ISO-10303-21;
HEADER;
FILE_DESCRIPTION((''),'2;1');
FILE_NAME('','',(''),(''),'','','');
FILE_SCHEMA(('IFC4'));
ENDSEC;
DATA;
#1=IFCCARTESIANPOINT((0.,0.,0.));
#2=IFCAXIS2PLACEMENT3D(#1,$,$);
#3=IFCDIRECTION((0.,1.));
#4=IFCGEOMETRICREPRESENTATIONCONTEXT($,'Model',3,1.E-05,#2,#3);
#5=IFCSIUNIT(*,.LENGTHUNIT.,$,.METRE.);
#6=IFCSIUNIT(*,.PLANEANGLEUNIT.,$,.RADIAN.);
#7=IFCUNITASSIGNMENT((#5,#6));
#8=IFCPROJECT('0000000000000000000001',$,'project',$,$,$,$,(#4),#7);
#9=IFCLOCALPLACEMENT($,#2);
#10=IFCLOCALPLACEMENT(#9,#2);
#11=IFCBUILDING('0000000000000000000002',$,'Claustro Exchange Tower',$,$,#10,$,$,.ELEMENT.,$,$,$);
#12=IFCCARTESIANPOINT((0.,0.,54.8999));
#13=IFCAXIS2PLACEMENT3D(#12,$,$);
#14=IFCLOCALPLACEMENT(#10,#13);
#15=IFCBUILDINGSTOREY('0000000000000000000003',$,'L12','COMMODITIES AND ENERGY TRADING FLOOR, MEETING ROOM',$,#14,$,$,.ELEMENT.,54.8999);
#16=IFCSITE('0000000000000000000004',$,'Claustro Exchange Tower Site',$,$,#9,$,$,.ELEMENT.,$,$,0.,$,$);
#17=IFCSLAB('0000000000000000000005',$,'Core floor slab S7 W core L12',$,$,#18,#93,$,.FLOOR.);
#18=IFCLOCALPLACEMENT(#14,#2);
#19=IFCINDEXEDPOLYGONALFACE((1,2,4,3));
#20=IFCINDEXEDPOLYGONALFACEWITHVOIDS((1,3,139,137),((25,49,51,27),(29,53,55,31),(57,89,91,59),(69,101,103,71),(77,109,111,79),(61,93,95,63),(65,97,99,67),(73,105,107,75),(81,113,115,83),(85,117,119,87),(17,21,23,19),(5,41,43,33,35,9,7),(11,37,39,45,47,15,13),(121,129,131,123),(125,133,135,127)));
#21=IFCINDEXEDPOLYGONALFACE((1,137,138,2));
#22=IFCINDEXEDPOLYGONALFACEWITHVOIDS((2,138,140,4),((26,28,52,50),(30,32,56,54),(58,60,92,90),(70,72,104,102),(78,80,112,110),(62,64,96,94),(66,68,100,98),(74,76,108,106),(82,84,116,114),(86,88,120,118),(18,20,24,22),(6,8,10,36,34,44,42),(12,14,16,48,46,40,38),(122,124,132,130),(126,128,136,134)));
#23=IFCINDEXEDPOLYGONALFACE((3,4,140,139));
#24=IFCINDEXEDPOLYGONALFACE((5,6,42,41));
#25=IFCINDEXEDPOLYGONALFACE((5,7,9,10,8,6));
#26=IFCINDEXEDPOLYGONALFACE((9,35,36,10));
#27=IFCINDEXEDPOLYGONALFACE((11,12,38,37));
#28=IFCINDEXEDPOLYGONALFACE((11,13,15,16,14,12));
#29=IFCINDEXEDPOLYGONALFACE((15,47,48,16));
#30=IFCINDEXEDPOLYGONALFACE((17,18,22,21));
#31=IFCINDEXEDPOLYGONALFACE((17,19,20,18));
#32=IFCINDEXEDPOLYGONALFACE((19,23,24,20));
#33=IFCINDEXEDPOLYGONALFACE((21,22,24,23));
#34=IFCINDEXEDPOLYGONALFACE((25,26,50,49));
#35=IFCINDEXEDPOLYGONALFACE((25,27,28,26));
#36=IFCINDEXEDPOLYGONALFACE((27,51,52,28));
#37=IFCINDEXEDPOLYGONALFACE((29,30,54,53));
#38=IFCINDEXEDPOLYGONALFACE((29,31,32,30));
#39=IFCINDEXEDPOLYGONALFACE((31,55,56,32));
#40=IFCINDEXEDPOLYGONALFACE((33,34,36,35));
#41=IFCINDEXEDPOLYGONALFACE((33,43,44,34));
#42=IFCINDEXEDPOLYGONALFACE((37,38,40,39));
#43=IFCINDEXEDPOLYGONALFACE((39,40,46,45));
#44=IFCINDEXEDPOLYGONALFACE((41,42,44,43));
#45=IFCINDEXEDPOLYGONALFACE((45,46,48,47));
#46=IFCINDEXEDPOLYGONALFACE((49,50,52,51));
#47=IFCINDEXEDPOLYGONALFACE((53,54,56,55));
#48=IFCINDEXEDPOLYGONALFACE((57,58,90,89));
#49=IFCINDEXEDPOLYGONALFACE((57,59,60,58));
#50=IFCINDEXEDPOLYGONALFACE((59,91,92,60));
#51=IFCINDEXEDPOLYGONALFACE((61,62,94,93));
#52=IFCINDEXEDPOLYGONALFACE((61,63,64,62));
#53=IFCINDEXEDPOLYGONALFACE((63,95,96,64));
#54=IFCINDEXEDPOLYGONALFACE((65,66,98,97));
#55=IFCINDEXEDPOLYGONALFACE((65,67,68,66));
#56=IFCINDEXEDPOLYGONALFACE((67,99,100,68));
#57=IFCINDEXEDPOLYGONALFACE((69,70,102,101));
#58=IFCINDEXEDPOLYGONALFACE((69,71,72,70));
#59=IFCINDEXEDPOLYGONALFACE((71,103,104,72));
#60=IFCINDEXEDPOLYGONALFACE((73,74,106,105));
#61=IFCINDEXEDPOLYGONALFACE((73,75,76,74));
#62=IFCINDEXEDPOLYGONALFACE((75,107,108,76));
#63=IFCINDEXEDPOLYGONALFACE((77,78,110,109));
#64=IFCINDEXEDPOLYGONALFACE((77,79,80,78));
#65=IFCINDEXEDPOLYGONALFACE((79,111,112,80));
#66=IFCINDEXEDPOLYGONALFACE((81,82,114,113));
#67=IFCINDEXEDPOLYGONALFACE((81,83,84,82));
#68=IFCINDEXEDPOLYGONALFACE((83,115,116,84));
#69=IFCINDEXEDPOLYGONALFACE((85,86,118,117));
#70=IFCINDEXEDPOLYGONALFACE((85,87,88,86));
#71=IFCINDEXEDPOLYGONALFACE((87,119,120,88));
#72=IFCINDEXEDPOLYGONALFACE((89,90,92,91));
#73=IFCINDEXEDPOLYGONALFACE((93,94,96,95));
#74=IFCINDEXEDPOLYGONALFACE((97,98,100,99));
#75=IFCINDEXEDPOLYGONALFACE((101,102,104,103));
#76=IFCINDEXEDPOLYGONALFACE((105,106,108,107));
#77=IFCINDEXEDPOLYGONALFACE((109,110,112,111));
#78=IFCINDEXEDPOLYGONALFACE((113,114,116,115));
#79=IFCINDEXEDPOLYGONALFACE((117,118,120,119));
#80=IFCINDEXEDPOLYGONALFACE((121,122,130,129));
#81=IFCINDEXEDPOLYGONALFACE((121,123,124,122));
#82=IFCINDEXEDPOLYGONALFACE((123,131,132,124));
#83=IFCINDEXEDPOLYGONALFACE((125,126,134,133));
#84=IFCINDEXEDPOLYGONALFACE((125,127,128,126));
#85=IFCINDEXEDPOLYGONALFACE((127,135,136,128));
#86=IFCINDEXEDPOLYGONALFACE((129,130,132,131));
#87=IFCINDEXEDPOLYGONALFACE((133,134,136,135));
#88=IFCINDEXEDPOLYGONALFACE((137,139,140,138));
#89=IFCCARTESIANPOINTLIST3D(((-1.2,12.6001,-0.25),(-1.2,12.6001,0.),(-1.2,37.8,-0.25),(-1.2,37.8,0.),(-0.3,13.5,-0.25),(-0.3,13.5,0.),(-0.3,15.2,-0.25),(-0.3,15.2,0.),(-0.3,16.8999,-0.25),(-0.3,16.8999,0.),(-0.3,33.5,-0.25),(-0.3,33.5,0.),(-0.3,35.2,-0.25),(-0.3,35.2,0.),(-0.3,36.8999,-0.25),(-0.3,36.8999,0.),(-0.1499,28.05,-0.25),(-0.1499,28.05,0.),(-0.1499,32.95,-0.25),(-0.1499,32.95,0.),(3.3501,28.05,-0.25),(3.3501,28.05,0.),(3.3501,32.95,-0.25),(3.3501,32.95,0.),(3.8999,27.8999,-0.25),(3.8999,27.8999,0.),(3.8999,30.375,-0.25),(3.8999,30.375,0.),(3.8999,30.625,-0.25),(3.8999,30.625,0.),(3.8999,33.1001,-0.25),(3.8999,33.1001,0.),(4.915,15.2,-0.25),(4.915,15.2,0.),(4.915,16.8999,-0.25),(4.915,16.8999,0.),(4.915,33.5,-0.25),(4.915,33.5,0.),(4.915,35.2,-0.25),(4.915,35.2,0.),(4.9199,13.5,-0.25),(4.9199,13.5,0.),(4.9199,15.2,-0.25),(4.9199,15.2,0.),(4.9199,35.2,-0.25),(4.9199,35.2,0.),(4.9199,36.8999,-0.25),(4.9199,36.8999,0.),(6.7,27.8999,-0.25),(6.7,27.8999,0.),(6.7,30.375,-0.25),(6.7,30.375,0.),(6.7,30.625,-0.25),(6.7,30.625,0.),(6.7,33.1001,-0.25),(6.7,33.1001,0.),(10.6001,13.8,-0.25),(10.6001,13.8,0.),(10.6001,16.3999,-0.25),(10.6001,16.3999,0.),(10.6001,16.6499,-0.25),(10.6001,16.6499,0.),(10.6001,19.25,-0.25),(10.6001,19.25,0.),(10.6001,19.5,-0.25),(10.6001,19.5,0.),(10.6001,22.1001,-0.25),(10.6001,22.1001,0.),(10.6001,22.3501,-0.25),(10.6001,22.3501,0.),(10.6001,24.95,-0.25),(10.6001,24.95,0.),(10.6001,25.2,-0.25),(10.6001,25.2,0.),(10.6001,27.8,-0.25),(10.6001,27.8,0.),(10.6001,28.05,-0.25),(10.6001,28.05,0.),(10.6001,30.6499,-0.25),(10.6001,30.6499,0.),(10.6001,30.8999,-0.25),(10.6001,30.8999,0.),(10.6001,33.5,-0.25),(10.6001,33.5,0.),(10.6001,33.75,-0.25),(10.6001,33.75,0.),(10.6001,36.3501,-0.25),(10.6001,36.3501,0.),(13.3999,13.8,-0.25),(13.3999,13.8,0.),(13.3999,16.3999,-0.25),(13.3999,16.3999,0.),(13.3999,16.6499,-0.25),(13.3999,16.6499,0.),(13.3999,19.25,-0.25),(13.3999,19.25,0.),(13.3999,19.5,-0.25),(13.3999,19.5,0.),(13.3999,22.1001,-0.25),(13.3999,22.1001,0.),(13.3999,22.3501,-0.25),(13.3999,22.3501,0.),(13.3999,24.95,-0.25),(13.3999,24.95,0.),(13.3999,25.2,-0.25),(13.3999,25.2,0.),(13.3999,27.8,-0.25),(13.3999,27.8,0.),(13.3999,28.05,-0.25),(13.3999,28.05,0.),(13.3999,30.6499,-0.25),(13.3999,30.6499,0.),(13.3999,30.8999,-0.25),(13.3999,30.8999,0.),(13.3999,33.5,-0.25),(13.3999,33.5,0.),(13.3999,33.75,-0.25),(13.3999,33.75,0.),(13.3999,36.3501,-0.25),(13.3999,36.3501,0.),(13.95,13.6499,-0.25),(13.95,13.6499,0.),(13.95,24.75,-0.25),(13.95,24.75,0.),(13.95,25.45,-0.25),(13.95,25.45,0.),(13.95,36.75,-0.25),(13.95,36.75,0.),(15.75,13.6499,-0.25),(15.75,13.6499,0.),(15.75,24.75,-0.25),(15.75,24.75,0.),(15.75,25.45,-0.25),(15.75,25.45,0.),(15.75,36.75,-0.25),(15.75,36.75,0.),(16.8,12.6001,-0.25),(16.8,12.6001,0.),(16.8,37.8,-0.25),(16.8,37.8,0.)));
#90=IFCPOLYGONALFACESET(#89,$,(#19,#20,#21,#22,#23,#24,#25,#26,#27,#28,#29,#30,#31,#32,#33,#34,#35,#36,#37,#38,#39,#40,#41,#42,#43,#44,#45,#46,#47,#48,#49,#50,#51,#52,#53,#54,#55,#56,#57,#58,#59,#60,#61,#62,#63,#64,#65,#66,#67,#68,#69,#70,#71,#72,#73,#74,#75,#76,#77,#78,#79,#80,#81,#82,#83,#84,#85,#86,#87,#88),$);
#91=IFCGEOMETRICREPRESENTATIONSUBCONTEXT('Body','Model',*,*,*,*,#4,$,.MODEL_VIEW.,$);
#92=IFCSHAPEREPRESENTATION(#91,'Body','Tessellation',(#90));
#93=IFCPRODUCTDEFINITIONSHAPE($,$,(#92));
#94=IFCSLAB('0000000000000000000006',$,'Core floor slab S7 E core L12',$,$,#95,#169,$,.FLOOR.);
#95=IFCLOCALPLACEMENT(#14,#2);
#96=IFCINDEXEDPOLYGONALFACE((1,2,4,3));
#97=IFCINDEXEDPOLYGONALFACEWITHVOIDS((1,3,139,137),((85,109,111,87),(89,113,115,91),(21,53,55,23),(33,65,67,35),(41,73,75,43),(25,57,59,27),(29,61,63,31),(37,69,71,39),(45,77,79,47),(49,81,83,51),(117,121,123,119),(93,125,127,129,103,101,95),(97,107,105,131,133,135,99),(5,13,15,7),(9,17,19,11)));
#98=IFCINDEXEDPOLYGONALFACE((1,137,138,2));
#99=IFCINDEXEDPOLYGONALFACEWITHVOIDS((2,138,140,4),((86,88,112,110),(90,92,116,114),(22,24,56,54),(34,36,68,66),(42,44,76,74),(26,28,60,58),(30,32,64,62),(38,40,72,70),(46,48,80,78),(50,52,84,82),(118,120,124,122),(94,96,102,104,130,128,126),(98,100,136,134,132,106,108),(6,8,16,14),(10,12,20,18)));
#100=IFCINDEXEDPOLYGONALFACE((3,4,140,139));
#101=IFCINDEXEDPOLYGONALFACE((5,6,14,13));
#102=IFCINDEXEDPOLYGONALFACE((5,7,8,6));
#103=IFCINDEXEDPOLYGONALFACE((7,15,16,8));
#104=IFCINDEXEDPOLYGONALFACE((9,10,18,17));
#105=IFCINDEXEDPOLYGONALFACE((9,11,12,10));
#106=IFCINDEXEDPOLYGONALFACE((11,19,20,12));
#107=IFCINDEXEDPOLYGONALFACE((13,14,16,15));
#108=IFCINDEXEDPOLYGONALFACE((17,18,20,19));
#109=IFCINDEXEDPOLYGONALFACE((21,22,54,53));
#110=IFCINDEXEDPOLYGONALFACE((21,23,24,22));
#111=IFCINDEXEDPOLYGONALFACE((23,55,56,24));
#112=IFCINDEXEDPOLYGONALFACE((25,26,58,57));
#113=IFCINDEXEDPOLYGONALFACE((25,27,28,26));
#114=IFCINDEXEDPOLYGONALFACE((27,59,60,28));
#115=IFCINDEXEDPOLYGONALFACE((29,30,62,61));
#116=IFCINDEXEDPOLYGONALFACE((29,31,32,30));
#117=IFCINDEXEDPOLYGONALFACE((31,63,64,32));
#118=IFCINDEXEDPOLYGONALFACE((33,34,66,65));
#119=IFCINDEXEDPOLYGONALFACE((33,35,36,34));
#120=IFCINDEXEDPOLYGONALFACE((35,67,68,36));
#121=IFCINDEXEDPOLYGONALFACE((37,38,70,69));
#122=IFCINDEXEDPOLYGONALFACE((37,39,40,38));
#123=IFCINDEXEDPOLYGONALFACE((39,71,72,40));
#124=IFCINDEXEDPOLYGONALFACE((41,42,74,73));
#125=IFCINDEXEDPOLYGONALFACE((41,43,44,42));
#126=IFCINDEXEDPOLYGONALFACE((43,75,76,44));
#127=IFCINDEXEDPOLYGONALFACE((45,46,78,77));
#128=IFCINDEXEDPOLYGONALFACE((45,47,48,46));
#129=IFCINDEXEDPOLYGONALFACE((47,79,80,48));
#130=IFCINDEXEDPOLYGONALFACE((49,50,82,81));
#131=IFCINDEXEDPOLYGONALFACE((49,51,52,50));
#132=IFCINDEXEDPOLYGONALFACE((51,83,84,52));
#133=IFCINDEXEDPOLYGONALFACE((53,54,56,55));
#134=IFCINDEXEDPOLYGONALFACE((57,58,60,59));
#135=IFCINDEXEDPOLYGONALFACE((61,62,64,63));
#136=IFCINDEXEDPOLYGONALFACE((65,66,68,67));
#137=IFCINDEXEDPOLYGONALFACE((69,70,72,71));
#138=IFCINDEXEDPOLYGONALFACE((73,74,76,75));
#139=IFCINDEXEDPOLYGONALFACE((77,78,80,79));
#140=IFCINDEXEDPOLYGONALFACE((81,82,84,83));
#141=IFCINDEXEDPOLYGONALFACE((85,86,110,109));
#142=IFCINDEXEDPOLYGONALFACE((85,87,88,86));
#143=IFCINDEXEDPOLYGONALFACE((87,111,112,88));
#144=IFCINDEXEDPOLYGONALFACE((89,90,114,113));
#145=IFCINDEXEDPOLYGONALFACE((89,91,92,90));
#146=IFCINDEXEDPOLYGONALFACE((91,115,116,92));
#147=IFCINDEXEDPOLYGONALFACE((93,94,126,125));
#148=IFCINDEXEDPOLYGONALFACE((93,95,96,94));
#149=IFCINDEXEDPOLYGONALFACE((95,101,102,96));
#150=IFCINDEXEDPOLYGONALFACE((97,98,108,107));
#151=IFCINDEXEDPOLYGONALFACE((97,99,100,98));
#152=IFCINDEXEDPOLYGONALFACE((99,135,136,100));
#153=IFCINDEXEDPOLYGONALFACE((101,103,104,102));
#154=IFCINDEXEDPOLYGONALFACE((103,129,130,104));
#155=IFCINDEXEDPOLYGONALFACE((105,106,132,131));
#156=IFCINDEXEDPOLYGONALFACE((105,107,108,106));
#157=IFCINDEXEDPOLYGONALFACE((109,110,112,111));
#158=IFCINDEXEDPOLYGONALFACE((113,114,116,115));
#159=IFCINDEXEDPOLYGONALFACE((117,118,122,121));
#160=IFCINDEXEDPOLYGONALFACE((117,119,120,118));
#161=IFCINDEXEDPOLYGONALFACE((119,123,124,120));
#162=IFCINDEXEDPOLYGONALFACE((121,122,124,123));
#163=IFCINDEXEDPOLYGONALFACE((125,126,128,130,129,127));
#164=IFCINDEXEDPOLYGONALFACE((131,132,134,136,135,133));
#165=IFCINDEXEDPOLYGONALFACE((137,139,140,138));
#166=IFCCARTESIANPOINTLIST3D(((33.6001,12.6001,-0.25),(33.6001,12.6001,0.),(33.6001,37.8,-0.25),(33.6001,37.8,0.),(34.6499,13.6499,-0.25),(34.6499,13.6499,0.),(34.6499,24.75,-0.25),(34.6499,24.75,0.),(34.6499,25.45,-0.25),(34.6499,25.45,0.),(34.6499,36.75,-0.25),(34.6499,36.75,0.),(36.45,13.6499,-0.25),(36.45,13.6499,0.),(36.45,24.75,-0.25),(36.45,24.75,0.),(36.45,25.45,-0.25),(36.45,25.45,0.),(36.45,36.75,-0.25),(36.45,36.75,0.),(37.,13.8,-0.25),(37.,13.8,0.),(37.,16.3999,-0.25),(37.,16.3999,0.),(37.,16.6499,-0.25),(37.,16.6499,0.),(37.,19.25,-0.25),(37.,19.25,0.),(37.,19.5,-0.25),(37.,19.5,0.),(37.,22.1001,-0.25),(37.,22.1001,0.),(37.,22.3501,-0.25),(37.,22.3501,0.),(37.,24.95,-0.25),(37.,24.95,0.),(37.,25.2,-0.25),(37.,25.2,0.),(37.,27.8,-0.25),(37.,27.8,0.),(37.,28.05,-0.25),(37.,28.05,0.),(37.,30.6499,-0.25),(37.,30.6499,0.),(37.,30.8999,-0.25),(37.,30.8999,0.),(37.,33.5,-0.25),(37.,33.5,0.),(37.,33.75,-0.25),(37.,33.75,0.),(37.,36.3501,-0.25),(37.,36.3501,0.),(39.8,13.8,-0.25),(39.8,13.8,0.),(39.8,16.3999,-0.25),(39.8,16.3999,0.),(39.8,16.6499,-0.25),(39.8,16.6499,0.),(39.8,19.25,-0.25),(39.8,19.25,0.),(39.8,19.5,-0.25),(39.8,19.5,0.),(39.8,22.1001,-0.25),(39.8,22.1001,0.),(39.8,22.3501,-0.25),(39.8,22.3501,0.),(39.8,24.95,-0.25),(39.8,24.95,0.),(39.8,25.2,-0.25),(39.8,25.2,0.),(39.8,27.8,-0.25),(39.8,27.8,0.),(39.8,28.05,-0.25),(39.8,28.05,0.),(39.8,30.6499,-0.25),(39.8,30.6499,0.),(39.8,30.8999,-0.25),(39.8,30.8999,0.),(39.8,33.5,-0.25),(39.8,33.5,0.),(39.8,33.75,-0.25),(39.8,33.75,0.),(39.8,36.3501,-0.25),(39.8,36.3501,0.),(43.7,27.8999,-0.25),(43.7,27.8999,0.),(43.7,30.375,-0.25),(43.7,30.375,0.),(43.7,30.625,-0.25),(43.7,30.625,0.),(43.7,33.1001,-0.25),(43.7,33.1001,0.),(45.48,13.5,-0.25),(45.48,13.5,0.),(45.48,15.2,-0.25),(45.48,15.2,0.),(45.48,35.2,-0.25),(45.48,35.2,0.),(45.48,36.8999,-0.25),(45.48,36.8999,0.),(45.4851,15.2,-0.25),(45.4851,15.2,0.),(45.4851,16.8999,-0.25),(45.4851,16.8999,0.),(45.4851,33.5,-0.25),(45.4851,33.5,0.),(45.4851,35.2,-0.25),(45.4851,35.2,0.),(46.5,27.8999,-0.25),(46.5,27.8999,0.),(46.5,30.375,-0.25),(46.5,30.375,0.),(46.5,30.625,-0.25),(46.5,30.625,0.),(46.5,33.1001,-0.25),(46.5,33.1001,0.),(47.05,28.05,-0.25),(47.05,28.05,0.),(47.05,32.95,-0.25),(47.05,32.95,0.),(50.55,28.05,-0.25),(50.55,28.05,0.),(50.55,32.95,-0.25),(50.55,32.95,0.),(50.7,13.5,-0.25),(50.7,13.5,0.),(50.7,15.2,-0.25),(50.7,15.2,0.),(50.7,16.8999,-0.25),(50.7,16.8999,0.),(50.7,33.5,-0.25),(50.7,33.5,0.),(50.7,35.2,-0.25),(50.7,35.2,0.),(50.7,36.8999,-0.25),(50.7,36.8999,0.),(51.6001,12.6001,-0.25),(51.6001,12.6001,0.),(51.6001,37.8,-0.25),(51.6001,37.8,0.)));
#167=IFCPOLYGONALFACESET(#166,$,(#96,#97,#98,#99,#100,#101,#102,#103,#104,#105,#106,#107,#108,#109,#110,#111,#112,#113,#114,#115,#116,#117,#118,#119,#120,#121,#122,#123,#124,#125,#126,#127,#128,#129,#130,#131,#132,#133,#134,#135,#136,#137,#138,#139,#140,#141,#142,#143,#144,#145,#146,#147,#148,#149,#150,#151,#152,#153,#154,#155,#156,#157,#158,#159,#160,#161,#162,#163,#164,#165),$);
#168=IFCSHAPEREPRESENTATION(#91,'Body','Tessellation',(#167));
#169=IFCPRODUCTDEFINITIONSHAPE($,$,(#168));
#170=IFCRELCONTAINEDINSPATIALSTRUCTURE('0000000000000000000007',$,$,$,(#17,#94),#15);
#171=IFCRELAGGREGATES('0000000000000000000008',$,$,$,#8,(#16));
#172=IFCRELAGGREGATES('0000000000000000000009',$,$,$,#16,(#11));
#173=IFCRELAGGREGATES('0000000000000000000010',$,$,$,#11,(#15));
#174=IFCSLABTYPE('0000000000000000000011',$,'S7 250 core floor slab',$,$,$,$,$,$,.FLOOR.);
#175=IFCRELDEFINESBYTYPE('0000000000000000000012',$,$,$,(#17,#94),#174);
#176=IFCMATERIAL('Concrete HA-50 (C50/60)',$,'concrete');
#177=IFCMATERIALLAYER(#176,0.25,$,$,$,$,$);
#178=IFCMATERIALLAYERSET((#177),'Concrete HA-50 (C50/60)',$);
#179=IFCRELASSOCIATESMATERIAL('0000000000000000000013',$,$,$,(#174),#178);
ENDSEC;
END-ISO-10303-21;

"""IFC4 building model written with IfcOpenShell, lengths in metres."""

from ifc_helpers import new_model, si_unit, direction, frame, origin, place, context, subcontext, project, spatial, polyline, outline, extrude, material, layer, layer_set, type_object, element, save


model = new_model("IFC4")

# Units and contexts
model_context = context("Model", 3, precision=1e-05, world=origin(), true_north=direction((0.0, 1.0)))
body_context = subcontext(model_context, "Body", "Model", "MODEL_VIEW")
ifc_project = project(units=[si_unit("LENGTHUNIT", "METRE"), si_unit("PLANEANGLEUNIT", "RADIAN")], contexts=[model_context])

# Site, building, storey
site_placement = place(None, origin())
site = spatial("IfcSite", under=ifc_project, at=site_placement, Name="Claustro Exchange Tower Site", CompositionType="ELEMENT", RefElevation=0.0)
building_placement = place(site_placement, origin())
building = spatial("IfcBuilding", under=site, at=building_placement, Name="Claustro Exchange Tower", CompositionType="ELEMENT")
storey_placement = place(building_placement, frame((0.0, 0.0, 54.8999)))
storey = spatial("IfcBuildingStorey", under=building, at=storey_placement, Name="L12", Description="COMMODITIES AND ENERGY TRADING FLOOR, MEETING ROOM", CompositionType="ELEMENT", Elevation=54.8999)

# Slabs
ifc_material_1 = material(Name="Concrete HA-50 (C50/60)", Category="concrete")
ifc_layer_1 = layer(ifc_material_1, 0.25)
ifc_layer_set_1 = layer_set([ifc_layer_1], Name="Concrete HA-50 (C50/60)")
slab_type_1 = type_object("IfcSlabType", Name="S7 250 core floor slab", PredefinedType="FLOOR", material=ifc_layer_set_1)
slab_1_placement = place(storey_placement, frame((0.0, 0.0, -0.25)))
element("IfcSlab", 1, at=slab_1_placement, inside=storey, type_object=slab_type_1, Name="Core floor slab S7 W core L12", PredefinedType="FLOOR", context=body_context, shape_type="SweptSolid", body=[
    extrude(outline(polyline([(-1.2, 12.6001), (16.8, 12.6001), (16.8, 37.8), (-1.2, 37.8), (-1.2, 12.6001)]), holes=[polyline([(15.75, 24.75), (15.75, 13.6499), (13.95, 13.6499), (13.95, 24.75), (15.75, 24.75)]), polyline([(15.75, 36.75), (15.75, 25.45), (13.95, 25.45), (13.95, 36.75), (15.75, 36.75)]), polyline([(10.6001, 16.3999), (13.3999, 16.3999), (13.3999, 13.8), (10.6001, 13.8), (10.6001, 16.3999)]), polyline([(13.3999, 19.25), (13.3999, 16.6499), (10.6001, 16.6499), (10.6001, 19.25), (13.3999, 19.25)]), polyline([(13.3999, 22.1001), (13.3999, 19.5), (10.6001, 19.5), (10.6001, 22.1001), (13.3999, 22.1001)]), polyline([(13.3999, 24.95), (13.3999, 22.3501), (10.6001, 22.3501), (10.6001, 24.95), (13.3999, 24.95)]), polyline([(13.3999, 27.8), (13.3999, 25.2), (10.6001, 25.2), (10.6001, 27.8), (13.3999, 27.8)]), polyline([(13.3999, 30.6499), (13.3999, 28.05), (10.6001, 28.05), (10.6001, 30.6499), (13.3999, 30.6499)]), polyline([(13.3999, 33.5), (13.3999, 30.8999), (10.6001, 30.8999), (10.6001, 33.5), (13.3999, 33.5)]), polyline([(13.3999, 36.3501), (13.3999, 33.75), (10.6001, 33.75), (10.6001, 36.3501), (13.3999, 36.3501)]), polyline([(6.7, 30.375), (6.7, 27.8999), (3.8999, 27.8999), (3.8999, 30.375), (6.7, 30.375)]), polyline([(6.7, 33.1001), (6.7, 30.625), (3.8999, 30.625), (3.8999, 33.1001), (6.7, 33.1001)]), polyline([(-0.3, 15.2), (-0.3, 16.8999), (4.915, 16.8999), (4.915, 15.2), (4.9199, 15.2), (4.9199, 13.5), (-0.3, 13.5), (-0.3, 15.2)]), polyline([(-0.3, 36.8999), (4.9199, 36.8999), (4.9199, 35.2), (4.915, 35.2), (4.915, 33.5), (-0.3, 33.5), (-0.3, 35.2), (-0.3, 36.8999)]), polyline([(3.3501, 32.95), (3.3501, 28.05), (-0.1499, 28.05), (-0.1499, 32.95), (3.3501, 32.95)])]), origin(), (0.0, 0.0, 1.0), 0.25),
])
slab_2_placement = place(storey_placement, frame((0.0, 0.0, -0.25)))
element("IfcSlab", 2, at=slab_2_placement, inside=storey, type_object=slab_type_1, Name="Core floor slab S7 E core L12", PredefinedType="FLOOR", context=body_context, shape_type="SweptSolid", body=[
    extrude(outline(polyline([(33.6001, 12.6001), (51.6001, 12.6001), (51.6001, 37.8), (33.6001, 37.8), (33.6001, 12.6001)]), holes=[polyline([(45.48, 35.2), (45.48, 36.8999), (50.7, 36.8999), (50.7, 35.2), (50.7, 33.5), (45.4851, 33.5), (45.4851, 35.2), (45.48, 35.2)]), polyline([(45.4851, 15.2), (45.4851, 16.8999), (50.7, 16.8999), (50.7, 15.2), (50.7, 13.5), (45.48, 13.5), (45.48, 15.2), (45.4851, 15.2)]), polyline([(50.55, 32.95), (50.55, 28.05), (47.05, 28.05), (47.05, 32.95), (50.55, 32.95)]), polyline([(46.5, 30.375), (46.5, 27.8999), (43.7, 27.8999), (43.7, 30.375), (46.5, 30.375)]), polyline([(46.5, 33.1001), (46.5, 30.625), (43.7, 30.625), (43.7, 33.1001), (46.5, 33.1001)]), polyline([(37.0, 16.3999), (39.8, 16.3999), (39.8, 13.8), (37.0, 13.8), (37.0, 16.3999)]), polyline([(39.8, 19.25), (39.8, 16.6499), (37.0, 16.6499), (37.0, 19.25), (39.8, 19.25)]), polyline([(39.8, 22.1001), (39.8, 19.5), (37.0, 19.5), (37.0, 22.1001), (39.8, 22.1001)]), polyline([(39.8, 24.95), (39.8, 22.3501), (37.0, 22.3501), (37.0, 24.95), (39.8, 24.95)]), polyline([(39.8, 27.8), (39.8, 25.2), (37.0, 25.2), (37.0, 27.8), (39.8, 27.8)]), polyline([(39.8, 30.6499), (39.8, 28.05), (37.0, 28.05), (37.0, 30.6499), (39.8, 30.6499)]), polyline([(39.8, 33.5), (39.8, 30.8999), (37.0, 30.8999), (37.0, 33.5), (39.8, 33.5)]), polyline([(39.8, 36.3501), (39.8, 33.75), (37.0, 33.75), (37.0, 36.3501), (39.8, 36.3501)]), polyline([(36.45, 24.75), (36.45, 13.6499), (34.6499, 13.6499), (34.6499, 24.75), (36.45, 24.75)]), polyline([(36.45, 36.75), (36.45, 25.45), (34.6499, 25.45), (34.6499, 36.75), (36.45, 36.75)])]), origin(), (0.0, 0.0, 1.0), 0.25),
])

save(model, "model.ifc")
